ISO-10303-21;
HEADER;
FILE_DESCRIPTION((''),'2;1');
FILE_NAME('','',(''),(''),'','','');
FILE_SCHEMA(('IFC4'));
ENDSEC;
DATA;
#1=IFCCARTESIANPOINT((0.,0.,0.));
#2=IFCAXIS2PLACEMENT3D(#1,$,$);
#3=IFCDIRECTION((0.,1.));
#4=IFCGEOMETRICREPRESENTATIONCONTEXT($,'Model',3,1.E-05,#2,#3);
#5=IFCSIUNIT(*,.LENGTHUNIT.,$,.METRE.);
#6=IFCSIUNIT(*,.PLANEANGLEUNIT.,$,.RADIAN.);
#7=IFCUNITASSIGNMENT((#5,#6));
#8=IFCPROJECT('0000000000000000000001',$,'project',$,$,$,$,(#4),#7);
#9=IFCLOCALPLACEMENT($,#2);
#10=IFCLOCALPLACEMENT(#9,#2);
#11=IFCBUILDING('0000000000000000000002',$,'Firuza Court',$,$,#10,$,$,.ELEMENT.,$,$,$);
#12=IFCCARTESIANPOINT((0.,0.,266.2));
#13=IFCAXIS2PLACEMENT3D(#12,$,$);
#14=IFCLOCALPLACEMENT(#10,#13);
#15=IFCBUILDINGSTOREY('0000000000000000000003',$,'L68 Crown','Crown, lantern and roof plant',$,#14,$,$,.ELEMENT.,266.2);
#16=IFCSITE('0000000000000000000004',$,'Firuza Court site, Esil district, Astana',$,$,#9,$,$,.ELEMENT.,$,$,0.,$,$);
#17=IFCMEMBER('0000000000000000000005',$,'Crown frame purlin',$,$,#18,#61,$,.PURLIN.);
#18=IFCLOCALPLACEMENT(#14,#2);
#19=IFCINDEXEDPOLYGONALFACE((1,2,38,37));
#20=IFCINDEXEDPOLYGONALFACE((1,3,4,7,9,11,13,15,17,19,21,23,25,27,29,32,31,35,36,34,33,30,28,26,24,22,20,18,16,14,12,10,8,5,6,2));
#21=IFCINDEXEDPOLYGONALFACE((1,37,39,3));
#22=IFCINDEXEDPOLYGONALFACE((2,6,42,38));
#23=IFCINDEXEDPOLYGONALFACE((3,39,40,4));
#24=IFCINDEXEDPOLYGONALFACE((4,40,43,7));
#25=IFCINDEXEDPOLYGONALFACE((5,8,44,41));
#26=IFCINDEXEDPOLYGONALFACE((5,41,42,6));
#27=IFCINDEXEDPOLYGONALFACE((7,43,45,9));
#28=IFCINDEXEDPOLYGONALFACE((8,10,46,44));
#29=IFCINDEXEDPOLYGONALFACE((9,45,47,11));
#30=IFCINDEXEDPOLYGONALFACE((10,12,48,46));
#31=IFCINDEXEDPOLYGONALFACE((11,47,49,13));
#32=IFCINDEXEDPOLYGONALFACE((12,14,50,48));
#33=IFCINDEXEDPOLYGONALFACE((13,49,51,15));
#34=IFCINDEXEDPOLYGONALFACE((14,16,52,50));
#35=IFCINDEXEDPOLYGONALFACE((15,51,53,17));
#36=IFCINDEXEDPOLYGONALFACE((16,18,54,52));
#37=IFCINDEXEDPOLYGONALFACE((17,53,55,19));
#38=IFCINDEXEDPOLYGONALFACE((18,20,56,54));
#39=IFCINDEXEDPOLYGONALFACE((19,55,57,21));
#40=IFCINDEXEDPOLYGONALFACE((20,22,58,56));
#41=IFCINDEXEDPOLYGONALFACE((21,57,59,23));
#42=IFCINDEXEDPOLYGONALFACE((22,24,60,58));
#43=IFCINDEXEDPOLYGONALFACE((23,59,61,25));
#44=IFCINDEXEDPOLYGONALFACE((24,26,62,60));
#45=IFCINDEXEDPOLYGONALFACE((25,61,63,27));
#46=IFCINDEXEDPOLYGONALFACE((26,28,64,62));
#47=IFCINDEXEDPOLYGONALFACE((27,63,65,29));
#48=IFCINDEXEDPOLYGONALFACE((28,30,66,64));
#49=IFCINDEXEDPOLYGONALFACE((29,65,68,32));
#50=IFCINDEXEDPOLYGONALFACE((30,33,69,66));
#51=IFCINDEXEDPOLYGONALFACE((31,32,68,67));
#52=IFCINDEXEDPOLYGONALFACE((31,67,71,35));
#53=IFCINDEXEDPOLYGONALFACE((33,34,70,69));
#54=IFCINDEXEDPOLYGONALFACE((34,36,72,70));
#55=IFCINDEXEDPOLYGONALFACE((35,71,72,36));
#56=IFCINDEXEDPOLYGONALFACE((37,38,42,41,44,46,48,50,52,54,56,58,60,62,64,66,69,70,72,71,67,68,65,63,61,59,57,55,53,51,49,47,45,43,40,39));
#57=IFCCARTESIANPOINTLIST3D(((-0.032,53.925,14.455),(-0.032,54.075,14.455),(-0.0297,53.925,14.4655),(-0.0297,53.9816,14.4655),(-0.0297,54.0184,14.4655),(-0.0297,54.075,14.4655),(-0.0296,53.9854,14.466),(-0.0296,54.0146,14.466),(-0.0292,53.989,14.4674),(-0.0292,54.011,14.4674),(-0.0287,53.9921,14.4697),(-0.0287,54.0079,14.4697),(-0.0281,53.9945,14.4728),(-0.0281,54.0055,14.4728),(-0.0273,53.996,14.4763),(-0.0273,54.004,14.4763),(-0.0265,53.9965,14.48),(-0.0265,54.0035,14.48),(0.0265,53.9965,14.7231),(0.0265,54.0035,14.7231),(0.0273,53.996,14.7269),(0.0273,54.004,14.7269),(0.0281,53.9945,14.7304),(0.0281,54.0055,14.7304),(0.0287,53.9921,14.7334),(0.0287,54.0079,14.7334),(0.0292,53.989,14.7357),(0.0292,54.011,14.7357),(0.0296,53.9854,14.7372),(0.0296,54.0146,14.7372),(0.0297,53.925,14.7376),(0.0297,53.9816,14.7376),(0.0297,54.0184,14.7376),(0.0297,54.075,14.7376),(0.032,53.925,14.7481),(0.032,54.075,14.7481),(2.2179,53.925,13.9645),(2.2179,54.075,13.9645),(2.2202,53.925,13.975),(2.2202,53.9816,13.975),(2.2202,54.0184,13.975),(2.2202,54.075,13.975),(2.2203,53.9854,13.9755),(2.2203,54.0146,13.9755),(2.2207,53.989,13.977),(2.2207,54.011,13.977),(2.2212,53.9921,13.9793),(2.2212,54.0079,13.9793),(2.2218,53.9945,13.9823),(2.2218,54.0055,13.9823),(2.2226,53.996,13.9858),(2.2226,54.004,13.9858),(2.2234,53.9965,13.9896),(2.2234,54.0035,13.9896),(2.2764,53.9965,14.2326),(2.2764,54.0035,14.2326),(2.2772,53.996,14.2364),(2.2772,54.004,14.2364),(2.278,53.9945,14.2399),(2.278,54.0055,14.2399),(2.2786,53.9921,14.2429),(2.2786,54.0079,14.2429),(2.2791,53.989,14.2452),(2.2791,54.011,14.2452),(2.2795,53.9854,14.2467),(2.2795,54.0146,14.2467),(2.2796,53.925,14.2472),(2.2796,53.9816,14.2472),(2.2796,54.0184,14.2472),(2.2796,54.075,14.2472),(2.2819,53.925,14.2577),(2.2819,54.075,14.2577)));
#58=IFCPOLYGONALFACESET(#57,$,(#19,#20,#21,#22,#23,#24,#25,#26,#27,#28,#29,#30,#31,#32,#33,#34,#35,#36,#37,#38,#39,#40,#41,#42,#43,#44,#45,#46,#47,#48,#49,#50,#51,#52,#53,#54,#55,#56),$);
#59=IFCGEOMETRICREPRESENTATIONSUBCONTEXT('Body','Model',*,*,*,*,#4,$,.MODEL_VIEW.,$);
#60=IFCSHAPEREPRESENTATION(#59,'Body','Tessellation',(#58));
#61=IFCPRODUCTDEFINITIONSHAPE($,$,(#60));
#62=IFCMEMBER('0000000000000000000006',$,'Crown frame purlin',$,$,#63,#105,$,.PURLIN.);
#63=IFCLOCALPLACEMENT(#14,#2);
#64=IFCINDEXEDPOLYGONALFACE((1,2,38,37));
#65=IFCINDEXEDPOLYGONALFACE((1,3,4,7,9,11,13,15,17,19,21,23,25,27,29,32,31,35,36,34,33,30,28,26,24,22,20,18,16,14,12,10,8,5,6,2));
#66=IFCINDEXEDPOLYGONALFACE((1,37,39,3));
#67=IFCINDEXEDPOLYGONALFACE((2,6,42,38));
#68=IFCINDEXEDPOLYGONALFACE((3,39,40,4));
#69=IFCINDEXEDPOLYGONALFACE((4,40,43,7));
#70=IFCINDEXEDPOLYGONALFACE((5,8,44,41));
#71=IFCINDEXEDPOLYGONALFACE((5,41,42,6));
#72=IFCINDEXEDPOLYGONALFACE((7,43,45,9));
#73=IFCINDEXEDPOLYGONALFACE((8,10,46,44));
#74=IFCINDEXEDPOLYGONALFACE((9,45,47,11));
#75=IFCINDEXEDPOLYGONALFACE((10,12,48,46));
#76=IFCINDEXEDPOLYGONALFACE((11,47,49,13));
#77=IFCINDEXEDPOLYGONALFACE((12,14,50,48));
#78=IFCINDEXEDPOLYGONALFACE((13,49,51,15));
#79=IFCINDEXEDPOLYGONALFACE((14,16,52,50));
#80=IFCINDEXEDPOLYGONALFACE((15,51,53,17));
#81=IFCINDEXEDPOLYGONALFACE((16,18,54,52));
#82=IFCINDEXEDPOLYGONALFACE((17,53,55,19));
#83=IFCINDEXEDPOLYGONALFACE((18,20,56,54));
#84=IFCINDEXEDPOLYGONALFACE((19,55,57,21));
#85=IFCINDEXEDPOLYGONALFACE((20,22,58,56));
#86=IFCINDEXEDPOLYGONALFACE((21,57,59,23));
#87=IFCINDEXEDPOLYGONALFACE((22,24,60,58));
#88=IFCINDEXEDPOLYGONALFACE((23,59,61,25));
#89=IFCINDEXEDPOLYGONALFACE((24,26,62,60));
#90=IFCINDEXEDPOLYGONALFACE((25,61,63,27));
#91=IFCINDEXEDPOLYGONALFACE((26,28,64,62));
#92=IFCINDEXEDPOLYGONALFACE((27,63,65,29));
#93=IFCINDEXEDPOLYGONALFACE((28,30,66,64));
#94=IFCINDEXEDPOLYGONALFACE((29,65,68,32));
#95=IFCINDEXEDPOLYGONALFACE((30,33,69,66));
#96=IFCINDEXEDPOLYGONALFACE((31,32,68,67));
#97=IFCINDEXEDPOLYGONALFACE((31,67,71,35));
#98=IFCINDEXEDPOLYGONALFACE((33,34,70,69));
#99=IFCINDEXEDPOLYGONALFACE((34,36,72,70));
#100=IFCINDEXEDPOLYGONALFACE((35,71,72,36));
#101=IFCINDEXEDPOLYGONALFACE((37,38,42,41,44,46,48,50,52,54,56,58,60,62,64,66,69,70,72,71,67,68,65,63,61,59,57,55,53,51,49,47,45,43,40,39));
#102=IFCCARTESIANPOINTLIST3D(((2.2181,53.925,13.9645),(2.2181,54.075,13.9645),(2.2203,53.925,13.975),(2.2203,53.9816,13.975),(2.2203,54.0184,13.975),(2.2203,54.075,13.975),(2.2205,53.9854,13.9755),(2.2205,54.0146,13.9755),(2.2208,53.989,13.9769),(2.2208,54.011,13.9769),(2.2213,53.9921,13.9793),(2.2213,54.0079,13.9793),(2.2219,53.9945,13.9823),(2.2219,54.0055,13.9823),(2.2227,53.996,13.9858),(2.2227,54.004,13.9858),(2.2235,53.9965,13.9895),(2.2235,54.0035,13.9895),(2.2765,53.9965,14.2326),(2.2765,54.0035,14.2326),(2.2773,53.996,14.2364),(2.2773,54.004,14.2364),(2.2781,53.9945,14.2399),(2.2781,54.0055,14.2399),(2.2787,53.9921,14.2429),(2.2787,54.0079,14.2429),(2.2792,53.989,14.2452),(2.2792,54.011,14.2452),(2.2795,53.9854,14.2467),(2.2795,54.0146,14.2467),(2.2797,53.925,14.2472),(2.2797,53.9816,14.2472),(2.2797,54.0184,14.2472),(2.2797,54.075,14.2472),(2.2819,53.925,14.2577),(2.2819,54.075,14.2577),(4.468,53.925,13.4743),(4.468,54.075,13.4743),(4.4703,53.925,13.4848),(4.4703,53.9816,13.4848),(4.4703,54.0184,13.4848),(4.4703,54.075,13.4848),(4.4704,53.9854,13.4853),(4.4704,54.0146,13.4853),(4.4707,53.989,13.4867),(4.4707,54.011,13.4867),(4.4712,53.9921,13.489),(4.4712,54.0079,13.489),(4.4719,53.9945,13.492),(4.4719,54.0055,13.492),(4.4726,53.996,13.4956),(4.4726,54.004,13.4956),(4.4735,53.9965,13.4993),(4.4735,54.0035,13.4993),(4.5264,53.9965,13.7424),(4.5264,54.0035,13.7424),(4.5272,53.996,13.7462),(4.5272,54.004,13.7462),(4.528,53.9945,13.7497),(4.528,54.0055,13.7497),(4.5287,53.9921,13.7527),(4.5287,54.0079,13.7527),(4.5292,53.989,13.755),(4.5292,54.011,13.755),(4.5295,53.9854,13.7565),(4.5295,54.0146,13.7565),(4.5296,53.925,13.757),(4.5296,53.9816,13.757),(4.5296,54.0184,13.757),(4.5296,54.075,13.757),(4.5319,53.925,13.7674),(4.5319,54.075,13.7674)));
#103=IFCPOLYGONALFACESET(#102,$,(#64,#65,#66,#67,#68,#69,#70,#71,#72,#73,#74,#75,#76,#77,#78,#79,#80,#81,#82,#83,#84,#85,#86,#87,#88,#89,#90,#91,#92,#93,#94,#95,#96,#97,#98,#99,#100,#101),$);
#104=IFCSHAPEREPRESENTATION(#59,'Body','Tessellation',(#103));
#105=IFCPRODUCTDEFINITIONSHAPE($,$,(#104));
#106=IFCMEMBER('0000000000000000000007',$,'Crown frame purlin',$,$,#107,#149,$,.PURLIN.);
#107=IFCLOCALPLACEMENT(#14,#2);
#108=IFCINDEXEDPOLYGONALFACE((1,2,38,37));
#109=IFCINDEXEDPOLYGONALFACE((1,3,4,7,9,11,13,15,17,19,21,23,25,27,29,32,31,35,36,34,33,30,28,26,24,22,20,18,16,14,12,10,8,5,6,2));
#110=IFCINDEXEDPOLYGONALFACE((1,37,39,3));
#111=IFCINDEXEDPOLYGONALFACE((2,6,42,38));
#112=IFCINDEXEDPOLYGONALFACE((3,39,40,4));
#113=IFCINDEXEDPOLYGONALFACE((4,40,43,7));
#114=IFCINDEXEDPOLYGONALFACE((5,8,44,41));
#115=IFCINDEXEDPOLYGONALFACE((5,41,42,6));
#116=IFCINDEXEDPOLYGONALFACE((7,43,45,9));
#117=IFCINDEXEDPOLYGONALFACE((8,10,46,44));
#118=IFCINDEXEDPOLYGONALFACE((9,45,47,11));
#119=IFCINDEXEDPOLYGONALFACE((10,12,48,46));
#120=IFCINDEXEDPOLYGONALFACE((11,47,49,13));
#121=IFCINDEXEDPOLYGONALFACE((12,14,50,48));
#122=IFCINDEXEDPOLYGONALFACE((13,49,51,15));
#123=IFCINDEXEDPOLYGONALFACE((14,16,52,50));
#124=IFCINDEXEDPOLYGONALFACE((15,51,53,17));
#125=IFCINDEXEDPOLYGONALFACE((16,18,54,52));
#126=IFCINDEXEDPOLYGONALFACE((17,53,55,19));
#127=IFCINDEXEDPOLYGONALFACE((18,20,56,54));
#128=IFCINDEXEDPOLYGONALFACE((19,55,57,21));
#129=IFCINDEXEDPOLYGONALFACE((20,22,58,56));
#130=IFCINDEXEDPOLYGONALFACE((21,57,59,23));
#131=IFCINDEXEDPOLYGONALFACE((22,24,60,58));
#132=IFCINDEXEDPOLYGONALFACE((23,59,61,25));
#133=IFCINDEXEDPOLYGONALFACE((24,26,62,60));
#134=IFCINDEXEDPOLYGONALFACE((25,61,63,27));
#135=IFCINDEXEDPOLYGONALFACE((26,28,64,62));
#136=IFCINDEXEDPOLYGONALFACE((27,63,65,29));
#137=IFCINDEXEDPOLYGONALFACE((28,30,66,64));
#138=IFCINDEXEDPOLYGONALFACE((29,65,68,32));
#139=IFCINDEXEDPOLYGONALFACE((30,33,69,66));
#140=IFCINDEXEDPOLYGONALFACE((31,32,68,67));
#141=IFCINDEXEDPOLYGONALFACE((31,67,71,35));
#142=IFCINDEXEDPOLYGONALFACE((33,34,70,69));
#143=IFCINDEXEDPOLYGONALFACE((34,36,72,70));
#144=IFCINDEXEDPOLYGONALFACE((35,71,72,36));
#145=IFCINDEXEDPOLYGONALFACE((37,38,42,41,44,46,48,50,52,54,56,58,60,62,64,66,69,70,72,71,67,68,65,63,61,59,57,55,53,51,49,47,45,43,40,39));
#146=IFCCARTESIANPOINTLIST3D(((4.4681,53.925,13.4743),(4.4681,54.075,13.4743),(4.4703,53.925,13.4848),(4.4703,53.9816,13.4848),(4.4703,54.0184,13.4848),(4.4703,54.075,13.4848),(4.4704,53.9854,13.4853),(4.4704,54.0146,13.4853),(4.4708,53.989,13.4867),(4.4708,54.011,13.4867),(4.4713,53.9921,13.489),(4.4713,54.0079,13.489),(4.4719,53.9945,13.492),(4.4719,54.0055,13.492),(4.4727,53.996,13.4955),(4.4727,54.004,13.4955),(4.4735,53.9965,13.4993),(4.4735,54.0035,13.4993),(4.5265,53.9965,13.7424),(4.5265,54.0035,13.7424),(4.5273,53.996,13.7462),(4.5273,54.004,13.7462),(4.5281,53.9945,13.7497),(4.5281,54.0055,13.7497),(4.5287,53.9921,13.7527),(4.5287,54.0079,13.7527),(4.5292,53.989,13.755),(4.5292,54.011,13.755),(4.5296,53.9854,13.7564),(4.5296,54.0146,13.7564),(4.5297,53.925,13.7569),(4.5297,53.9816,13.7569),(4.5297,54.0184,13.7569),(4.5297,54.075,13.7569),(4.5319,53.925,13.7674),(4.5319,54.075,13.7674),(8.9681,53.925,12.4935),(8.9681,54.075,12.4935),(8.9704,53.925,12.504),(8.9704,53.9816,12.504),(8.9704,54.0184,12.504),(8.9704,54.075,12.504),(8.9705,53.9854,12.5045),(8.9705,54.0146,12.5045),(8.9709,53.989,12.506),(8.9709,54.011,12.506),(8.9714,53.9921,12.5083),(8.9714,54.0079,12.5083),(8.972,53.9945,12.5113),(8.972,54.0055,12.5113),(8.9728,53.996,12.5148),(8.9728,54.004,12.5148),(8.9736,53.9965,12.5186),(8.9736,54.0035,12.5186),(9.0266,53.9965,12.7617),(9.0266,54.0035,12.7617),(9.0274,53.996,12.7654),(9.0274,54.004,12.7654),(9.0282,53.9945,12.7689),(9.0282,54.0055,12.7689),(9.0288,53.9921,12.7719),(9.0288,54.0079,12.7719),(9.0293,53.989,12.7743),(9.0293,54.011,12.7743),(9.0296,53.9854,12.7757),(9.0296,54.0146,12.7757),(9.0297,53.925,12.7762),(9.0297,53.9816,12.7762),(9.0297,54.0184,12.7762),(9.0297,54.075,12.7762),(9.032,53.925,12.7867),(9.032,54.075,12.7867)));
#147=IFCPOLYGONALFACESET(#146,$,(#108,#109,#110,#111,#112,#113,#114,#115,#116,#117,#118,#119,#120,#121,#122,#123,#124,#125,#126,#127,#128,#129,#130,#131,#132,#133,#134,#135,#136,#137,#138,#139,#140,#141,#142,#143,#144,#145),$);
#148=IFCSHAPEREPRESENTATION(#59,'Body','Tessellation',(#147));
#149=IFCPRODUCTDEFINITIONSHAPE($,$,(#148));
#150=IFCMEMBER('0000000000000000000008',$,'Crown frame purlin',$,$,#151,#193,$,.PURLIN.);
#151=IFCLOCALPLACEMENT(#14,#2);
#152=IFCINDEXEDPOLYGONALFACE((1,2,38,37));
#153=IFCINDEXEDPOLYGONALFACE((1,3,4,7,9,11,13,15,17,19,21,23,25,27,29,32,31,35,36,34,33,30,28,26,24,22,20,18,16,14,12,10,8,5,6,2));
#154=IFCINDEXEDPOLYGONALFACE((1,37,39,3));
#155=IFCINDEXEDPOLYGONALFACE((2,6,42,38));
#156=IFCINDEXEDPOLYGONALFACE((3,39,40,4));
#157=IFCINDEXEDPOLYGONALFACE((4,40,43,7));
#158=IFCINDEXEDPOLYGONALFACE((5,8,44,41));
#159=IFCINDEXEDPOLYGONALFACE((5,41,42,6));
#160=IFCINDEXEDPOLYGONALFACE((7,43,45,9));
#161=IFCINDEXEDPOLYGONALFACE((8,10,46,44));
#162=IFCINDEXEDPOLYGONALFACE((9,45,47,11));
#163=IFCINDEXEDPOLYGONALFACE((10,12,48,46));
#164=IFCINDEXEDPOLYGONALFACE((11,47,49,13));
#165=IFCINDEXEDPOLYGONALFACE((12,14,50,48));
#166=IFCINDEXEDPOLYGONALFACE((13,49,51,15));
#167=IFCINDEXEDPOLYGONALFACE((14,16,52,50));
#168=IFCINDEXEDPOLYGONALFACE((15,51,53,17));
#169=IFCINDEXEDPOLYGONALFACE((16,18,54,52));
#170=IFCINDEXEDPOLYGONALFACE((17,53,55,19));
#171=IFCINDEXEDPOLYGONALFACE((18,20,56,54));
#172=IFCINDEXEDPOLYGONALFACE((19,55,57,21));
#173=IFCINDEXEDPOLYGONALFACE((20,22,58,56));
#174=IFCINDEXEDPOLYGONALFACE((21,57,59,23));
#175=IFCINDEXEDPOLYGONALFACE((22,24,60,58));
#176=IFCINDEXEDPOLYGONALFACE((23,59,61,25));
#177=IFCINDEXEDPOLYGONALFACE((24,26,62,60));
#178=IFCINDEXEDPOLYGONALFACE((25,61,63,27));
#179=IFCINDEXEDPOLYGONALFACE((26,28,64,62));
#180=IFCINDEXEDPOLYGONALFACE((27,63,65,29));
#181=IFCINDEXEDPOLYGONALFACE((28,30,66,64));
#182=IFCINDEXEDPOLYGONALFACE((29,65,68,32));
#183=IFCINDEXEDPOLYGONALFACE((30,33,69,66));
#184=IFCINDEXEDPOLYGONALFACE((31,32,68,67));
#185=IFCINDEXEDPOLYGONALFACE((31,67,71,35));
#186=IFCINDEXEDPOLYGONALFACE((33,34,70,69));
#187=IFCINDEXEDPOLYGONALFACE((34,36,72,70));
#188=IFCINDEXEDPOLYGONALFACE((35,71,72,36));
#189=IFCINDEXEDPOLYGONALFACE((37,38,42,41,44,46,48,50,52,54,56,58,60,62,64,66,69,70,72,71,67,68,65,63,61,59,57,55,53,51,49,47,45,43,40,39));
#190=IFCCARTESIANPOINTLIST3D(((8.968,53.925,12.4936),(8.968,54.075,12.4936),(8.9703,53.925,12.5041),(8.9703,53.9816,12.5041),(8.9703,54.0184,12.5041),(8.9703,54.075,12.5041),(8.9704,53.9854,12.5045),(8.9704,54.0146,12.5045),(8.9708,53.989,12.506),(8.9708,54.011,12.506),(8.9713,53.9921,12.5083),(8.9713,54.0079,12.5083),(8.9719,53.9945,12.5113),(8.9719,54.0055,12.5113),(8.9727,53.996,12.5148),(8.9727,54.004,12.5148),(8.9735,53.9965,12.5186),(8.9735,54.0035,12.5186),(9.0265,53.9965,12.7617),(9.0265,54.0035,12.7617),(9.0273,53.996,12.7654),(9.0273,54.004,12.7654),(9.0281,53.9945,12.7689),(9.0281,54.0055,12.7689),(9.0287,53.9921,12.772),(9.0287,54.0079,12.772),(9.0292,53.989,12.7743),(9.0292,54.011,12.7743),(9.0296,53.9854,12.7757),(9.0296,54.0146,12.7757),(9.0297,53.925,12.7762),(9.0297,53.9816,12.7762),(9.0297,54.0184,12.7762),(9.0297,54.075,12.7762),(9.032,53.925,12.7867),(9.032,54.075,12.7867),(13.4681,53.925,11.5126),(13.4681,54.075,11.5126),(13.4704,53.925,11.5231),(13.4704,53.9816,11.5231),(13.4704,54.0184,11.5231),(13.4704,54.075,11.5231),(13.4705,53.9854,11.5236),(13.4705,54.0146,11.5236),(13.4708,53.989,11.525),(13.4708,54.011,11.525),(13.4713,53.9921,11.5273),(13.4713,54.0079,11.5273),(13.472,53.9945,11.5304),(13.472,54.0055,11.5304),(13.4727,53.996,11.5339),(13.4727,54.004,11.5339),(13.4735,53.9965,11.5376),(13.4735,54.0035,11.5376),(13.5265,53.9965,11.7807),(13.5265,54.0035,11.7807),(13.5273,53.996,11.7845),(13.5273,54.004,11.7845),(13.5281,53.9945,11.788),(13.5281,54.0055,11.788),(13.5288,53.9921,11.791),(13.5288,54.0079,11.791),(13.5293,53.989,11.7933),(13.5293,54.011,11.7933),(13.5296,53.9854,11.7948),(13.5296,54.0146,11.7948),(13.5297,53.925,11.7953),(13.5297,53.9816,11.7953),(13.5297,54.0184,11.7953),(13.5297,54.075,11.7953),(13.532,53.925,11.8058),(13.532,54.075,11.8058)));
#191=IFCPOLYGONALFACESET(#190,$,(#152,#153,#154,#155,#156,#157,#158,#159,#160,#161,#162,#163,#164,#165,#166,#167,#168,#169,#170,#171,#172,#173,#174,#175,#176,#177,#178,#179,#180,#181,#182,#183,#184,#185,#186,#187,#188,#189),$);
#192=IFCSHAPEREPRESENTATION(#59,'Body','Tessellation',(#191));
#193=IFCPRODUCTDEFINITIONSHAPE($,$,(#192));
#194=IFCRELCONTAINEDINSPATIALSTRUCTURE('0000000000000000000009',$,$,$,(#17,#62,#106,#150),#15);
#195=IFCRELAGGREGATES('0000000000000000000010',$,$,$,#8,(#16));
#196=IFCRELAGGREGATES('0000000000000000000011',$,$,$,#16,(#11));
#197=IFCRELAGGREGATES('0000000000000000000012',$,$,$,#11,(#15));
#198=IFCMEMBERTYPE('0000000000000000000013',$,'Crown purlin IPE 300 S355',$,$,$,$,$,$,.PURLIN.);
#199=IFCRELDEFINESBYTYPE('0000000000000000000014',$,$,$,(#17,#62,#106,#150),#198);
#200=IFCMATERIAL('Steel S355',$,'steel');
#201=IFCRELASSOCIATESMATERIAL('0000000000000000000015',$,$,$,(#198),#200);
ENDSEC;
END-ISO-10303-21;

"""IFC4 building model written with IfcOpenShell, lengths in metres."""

from ifc_helpers import new_model, si_unit, direction, frame, origin, origin_2d, place, context, subcontext, project, spatial, i_section, extrude, material, material_profile, profile_set, type_object, element, save


model = new_model("IFC4")

# Units and contexts
model_context = context("Model", 3, precision=1e-05, world=origin(), true_north=direction((0.0, 1.0)))
body_context = subcontext(model_context, "Body", "Model", "MODEL_VIEW")
ifc_project = project(units=[si_unit("LENGTHUNIT", "METRE"), si_unit("PLANEANGLEUNIT", "RADIAN")], contexts=[model_context])

# Site, building, storey
site_placement = place(None, origin())
site = spatial("IfcSite", under=ifc_project, at=site_placement, Name="Firuza Court site, Esil district, Astana", CompositionType="ELEMENT", RefElevation=0.0)
building_placement = place(site_placement, origin())
building = spatial("IfcBuilding", under=site, at=building_placement, Name="Firuza Court", CompositionType="ELEMENT")
storey_placement = place(building_placement, frame((0.0, 0.0, 266.2)))
storey = spatial("IfcBuildingStorey", under=building, at=storey_placement, Name="L68 Crown", Description="Crown, lantern and roof plant", CompositionType="ELEMENT", Elevation=266.2)

# Members
ifc_material_1 = material(Name="Steel S355", Category="steel")
ifc_material_profile_1 = material_profile(ifc_material_1, i_section(OverallWidth=0.1499, OverallDepth=0.3, WebThickness=0.0071, FlangeThickness=0.0107, FilletRadius=0.0149, at=origin_2d()), Name="IPE 300")
ifc_profile_set_1 = profile_set([ifc_material_profile_1], Name="Steel S355")
member_type_1 = type_object("IfcMemberType", Name="Crown purlin IPE 300 S355", PredefinedType="PURLIN", material=ifc_profile_set_1)
for number, where, z_axis, x_axis, name in (
    (1, (0.0, 54.0, 14.6016), (0.977055, 0.0, -0.212989), (0.0, 1.0, 0.0), "Crown frame purlin"),
    (2, (2.25, 54.0, 14.1111), (0.977077, 0.0, -0.212887), (0.0, 1.0, 0.0), "Crown frame purlin"),
):
    element("IfcMember", number, at=place(storey_placement, frame(where, z_axis=z_axis, x_axis=x_axis)), inside=storey, type_object=member_type_1, Name=name, PredefinedType="PURLIN", context=body_context, shape_type="SweptSolid", body=[
        extrude(i_section(OverallWidth=0.1499, OverallDepth=0.3, WebThickness=0.0071, FlangeThickness=0.0107, FilletRadius=0.0149, at=origin_2d()), origin(), (0.0, 0.0, 1.0), 2.3027),
    ])
for number, where, z_axis, x_axis, name in (
    (3, (4.5, 54.0, 13.6208), (0.977066, 0.0, -0.212938), (0.0, 1.0, 0.0), "Crown frame purlin"),
    (4, (9.0, 54.0, 12.6401), (0.977055, 0.0, -0.212989), (0.0, 1.0, 0.0), "Crown frame purlin"),
):
    element("IfcMember", number, at=place(storey_placement, frame(where, z_axis=z_axis, x_axis=x_axis)), inside=storey, type_object=member_type_1, Name=name, PredefinedType="PURLIN", context=body_context, shape_type="SweptSolid", body=[
        extrude(i_section(OverallWidth=0.1499, OverallDepth=0.3, WebThickness=0.0071, FlangeThickness=0.0107, FilletRadius=0.0149, at=origin_2d()), origin(), (0.0, 0.0, 1.0), 4.6057),
    ])

save(model, "model.ifc")
